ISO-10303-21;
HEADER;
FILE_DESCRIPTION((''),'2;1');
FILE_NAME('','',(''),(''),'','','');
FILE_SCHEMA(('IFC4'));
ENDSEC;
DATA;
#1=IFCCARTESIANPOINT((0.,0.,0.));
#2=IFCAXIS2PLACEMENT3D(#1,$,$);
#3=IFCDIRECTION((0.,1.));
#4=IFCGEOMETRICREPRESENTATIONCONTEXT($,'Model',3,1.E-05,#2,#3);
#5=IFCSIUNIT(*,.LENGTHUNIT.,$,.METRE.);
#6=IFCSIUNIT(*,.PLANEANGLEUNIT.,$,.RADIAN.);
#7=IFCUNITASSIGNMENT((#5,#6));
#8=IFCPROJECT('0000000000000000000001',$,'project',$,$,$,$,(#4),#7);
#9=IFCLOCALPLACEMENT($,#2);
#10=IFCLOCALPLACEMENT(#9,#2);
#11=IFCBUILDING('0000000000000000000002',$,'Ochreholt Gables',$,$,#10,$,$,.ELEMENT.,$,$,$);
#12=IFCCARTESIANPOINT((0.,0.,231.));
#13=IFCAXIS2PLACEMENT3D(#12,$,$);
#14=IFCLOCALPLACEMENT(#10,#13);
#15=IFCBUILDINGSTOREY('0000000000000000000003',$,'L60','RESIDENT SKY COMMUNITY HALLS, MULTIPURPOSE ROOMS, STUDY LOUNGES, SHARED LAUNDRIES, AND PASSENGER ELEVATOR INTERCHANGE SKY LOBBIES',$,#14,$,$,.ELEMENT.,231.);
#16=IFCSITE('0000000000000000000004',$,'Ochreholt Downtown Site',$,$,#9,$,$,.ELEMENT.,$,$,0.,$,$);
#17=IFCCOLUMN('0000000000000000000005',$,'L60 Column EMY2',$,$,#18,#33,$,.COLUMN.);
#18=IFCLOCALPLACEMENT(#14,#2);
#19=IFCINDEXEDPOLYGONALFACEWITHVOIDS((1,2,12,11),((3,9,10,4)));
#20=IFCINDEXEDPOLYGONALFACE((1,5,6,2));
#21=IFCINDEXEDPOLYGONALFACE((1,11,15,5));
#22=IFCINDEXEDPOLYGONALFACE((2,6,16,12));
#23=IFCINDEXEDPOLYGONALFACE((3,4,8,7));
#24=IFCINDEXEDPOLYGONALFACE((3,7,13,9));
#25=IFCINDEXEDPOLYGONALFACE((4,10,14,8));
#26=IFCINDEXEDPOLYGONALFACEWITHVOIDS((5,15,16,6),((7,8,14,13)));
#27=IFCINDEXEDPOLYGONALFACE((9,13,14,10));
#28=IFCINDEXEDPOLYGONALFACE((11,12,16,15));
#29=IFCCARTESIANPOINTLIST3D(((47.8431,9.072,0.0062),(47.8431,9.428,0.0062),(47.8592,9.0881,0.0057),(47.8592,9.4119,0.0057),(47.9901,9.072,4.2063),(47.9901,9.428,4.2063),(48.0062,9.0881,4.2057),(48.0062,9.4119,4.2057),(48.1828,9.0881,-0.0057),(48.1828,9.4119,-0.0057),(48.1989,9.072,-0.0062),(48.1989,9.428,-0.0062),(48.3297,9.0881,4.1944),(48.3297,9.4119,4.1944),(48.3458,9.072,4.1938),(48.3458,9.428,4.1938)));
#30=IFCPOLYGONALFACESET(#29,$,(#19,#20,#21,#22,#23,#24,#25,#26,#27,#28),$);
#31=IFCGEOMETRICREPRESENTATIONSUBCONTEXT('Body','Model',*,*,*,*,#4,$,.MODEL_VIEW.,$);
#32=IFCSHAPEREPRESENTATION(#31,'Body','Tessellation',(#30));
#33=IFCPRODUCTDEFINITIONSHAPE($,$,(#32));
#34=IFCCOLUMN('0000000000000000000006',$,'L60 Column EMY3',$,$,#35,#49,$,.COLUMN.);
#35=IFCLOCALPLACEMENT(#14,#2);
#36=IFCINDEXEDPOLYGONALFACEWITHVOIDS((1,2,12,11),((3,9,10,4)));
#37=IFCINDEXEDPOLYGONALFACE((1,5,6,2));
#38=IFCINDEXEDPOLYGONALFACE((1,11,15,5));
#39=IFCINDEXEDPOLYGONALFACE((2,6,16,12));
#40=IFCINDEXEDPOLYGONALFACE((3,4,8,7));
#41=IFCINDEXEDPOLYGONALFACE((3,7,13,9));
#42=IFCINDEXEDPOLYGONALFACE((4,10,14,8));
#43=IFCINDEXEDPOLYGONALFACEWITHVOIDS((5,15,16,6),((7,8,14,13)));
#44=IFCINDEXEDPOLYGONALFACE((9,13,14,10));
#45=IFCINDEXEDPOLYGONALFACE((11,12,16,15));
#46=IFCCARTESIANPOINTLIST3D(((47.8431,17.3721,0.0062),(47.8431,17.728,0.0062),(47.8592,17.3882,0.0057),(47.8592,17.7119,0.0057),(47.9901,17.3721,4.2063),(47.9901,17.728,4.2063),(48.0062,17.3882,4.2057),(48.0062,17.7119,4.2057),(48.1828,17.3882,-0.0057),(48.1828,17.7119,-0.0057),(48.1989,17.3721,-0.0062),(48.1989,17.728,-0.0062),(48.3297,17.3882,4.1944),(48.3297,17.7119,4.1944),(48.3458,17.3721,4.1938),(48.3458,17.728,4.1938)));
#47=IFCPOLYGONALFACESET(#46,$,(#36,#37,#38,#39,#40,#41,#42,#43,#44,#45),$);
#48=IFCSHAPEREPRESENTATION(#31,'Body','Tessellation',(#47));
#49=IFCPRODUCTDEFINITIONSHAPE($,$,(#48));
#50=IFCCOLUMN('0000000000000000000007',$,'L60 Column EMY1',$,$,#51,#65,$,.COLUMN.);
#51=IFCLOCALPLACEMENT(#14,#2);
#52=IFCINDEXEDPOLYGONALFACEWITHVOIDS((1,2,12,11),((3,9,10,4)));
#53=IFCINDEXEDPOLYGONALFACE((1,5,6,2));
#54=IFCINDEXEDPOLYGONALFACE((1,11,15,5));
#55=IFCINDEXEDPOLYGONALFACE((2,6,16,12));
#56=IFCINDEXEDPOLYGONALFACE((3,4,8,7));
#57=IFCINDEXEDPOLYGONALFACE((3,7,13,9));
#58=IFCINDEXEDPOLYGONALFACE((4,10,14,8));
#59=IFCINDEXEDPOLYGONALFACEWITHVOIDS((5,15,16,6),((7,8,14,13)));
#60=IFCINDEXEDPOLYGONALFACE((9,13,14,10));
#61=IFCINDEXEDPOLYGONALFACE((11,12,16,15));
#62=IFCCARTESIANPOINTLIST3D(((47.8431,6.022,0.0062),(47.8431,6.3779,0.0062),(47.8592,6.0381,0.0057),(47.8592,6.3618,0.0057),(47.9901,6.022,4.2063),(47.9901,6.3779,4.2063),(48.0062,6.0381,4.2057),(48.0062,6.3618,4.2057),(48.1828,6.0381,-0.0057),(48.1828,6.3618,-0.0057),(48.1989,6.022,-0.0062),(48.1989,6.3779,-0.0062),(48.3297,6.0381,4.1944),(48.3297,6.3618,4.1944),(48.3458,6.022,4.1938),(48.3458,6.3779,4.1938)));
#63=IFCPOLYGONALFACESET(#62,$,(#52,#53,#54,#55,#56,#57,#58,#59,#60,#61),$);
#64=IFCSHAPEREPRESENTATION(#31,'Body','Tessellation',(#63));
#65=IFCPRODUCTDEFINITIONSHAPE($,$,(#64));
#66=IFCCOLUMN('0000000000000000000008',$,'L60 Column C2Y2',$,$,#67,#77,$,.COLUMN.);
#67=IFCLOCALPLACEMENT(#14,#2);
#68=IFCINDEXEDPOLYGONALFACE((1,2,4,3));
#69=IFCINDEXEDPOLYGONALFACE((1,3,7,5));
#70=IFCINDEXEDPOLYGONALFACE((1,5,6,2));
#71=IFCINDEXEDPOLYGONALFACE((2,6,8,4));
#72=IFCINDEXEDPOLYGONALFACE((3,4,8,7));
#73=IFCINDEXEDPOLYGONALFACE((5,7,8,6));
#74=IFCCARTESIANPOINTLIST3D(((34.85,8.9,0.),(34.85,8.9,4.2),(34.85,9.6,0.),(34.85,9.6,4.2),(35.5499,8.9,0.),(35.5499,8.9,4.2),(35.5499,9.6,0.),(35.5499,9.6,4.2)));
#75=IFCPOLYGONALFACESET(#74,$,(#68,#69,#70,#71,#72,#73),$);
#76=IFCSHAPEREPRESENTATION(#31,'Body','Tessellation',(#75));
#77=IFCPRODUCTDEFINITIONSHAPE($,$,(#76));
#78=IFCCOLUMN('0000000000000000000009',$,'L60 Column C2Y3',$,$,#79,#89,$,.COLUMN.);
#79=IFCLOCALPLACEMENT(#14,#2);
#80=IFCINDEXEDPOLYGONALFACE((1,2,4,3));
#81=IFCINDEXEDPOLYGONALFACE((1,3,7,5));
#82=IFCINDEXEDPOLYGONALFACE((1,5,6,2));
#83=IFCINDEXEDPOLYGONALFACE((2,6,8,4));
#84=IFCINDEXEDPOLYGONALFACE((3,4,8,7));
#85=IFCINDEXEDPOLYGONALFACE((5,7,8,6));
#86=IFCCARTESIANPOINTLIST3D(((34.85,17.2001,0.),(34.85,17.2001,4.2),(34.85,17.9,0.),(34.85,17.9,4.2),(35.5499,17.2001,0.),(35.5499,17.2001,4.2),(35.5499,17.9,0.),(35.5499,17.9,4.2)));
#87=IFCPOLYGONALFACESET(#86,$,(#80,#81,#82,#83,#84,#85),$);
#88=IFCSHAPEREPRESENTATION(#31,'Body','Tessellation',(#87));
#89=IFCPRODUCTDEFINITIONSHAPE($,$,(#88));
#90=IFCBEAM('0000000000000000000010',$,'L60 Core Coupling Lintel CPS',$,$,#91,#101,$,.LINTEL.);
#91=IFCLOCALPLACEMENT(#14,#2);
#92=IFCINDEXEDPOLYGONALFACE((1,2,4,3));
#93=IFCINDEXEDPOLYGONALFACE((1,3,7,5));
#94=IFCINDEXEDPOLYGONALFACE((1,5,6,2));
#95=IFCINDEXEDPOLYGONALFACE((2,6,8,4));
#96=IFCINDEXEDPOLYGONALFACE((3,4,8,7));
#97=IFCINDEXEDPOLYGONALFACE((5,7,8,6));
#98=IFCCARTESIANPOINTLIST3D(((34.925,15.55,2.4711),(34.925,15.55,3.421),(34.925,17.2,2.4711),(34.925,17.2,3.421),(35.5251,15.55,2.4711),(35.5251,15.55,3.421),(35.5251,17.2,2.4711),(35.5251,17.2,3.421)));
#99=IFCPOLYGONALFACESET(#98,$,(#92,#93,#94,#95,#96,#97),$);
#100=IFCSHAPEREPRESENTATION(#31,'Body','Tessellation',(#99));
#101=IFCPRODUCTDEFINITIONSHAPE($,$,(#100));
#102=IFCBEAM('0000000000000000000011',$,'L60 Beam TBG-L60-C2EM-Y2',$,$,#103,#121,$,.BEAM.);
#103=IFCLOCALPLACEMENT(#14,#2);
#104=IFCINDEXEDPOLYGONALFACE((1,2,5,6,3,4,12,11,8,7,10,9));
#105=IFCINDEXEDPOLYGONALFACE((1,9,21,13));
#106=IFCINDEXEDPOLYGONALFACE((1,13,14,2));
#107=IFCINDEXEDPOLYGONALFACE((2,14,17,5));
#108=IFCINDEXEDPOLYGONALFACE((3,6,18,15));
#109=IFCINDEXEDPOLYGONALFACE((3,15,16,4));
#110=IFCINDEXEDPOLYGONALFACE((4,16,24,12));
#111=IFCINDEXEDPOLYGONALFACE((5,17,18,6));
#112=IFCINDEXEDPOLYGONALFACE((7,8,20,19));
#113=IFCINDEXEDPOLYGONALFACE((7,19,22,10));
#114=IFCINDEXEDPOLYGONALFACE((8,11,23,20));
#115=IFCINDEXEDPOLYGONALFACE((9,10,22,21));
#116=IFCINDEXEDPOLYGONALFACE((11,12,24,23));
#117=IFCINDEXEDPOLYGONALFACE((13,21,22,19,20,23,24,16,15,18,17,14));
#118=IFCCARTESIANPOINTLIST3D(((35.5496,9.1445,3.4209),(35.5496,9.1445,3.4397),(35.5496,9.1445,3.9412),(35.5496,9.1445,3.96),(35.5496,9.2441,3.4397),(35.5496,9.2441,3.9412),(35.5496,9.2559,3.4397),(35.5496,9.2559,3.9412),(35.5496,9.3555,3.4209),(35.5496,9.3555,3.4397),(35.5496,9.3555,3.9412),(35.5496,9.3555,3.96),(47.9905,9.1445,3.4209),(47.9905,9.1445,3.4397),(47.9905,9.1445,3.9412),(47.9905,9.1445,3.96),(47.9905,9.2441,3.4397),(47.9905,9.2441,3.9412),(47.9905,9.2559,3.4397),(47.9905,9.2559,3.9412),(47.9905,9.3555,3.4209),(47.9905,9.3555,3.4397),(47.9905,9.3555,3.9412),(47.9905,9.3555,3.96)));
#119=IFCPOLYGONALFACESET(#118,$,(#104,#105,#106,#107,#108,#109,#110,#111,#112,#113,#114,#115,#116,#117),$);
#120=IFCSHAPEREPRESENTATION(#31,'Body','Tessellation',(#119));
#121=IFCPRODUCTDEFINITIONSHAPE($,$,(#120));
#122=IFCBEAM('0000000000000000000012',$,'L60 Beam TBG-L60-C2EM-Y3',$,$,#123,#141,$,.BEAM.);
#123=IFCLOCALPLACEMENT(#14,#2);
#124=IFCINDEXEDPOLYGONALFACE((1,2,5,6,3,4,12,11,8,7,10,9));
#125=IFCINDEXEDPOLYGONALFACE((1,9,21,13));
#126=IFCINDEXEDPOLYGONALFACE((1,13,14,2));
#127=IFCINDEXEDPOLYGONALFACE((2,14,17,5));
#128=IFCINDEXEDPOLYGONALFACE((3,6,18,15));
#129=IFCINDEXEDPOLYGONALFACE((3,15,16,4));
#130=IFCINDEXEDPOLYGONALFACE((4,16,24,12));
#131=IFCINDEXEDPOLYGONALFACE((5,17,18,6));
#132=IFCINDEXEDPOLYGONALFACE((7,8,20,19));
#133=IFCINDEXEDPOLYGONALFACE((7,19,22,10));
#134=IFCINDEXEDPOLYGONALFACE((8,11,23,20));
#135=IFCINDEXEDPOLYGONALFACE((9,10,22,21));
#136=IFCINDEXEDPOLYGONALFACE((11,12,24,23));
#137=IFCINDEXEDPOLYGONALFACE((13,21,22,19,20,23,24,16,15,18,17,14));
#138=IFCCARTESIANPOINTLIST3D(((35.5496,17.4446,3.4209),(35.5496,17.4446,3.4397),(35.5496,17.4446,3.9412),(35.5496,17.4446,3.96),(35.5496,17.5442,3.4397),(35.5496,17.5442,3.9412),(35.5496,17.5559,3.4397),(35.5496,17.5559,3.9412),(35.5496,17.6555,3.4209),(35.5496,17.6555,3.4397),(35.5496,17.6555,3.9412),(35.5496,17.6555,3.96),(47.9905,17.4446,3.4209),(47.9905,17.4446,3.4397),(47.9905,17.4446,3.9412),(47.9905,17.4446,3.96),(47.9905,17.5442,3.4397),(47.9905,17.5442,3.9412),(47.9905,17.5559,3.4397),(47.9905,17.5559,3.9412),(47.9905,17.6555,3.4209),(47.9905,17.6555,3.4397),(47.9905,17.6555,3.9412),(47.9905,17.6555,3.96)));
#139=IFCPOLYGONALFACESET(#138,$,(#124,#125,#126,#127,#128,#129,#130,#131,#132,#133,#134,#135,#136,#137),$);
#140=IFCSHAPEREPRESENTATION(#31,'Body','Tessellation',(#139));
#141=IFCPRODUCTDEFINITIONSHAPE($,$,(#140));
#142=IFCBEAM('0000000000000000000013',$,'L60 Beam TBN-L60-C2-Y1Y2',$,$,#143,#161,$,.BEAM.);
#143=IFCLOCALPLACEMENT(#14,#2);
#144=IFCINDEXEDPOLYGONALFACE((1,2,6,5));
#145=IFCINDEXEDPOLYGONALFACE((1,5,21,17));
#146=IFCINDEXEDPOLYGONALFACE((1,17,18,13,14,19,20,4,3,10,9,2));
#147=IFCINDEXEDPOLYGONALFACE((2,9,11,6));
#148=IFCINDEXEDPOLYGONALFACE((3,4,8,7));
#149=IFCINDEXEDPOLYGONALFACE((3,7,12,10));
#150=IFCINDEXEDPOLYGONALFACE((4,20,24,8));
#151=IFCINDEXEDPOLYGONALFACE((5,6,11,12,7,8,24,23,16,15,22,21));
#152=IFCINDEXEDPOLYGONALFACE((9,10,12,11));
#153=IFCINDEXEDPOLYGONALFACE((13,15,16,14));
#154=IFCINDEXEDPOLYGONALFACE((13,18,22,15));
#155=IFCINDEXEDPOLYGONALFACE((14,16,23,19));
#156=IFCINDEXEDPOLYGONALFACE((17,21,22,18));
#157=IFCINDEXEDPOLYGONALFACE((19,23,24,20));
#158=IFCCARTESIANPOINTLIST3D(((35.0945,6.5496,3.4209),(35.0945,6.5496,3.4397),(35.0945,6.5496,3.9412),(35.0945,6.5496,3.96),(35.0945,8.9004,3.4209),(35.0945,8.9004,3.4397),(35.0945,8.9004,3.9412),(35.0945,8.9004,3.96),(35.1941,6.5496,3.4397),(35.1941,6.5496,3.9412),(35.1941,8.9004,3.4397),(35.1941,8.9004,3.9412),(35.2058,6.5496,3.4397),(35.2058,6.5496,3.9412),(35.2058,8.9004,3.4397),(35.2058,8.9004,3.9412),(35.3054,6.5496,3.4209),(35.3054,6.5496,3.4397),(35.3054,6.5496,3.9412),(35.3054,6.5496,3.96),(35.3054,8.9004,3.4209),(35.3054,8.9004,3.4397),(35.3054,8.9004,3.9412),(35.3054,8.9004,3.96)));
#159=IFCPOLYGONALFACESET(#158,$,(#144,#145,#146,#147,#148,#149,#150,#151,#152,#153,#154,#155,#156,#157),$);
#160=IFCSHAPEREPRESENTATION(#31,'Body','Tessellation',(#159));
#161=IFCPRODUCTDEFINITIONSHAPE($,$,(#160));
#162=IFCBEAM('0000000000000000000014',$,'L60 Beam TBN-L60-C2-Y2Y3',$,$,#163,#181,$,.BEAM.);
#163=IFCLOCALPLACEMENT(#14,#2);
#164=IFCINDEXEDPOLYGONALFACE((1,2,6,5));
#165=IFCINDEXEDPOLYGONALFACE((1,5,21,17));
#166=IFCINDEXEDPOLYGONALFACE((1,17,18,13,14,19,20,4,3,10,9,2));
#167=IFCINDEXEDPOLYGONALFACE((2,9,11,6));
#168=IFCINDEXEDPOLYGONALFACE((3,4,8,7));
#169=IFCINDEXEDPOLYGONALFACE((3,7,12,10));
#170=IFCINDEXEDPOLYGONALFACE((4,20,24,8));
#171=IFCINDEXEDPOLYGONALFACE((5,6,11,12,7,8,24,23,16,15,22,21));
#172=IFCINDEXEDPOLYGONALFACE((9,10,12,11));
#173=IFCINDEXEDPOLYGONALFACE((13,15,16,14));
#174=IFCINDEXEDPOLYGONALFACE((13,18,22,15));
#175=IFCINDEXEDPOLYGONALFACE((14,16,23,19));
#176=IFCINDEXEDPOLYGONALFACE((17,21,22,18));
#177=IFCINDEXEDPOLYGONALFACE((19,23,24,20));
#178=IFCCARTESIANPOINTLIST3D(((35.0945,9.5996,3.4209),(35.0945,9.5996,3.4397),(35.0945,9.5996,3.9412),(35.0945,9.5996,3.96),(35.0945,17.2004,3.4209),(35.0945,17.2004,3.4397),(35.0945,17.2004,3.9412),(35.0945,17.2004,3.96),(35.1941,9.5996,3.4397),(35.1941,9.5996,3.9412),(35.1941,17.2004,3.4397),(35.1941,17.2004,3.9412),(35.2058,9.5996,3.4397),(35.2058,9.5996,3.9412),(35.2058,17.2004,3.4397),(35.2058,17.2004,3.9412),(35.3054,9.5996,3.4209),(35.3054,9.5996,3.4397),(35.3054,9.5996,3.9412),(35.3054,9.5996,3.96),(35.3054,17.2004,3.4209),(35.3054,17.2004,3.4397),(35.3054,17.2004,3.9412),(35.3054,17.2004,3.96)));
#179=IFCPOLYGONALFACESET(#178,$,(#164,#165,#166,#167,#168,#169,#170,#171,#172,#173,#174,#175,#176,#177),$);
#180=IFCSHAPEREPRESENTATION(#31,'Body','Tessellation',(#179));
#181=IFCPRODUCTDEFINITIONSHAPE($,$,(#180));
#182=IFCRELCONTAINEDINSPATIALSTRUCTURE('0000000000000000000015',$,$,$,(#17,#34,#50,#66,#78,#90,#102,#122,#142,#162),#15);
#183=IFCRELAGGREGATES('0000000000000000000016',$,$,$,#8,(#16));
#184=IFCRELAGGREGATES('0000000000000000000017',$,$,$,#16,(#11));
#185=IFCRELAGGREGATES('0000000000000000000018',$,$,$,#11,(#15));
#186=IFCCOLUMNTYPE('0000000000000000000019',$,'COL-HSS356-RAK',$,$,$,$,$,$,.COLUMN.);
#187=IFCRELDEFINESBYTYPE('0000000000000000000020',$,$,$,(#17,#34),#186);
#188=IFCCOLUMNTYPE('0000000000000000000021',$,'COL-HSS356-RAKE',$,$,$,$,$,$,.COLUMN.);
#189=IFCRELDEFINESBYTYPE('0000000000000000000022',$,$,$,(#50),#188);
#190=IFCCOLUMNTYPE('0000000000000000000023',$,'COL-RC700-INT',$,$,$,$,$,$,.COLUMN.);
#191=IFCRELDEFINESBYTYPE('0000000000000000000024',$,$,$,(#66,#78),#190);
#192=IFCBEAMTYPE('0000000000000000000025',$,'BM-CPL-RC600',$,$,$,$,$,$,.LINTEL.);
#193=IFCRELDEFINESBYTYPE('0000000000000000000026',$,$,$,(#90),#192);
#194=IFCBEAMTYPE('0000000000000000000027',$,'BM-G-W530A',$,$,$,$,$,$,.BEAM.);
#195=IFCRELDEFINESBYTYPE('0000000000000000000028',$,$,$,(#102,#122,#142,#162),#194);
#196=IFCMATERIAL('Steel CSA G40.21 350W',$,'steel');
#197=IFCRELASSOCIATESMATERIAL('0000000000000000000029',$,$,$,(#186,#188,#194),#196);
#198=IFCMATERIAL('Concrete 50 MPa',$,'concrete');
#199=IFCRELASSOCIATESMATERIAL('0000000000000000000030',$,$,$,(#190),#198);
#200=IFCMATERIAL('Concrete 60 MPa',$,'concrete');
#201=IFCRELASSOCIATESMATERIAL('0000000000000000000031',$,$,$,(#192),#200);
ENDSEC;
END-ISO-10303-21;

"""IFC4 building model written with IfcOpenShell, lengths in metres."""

from ifc_helpers import new_model, si_unit, direction, frame, origin, origin_2d, place, context, subcontext, project, spatial, rectangle, hollow_rectangle, i_section, extrude, material, material_profile, profile_set, type_object, element, save


model = new_model("IFC4")

# Units and contexts
model_context = context("Model", 3, precision=1e-05, world=origin(), true_north=direction((0.0, 1.0)))
body_context = subcontext(model_context, "Body", "Model", "MODEL_VIEW")
ifc_project = project(units=[si_unit("LENGTHUNIT", "METRE"), si_unit("PLANEANGLEUNIT", "RADIAN")], contexts=[model_context])

# Site, building, storey
site_placement = place(None, origin())
site = spatial("IfcSite", under=ifc_project, at=site_placement, Name="Ochreholt Downtown Site", CompositionType="ELEMENT", RefElevation=0.0)
building_placement = place(site_placement, origin())
building = spatial("IfcBuilding", under=site, at=building_placement, Name="Ochreholt Gables", CompositionType="ELEMENT")
storey_placement = place(building_placement, frame((0.0, 0.0, 231.0)))
storey = spatial("IfcBuildingStorey", under=building, at=storey_placement, Name="L60", Description="RESIDENT SKY COMMUNITY HALLS, MULTIPURPOSE ROOMS, STUDY LOUNGES, SHARED LAUNDRIES, AND PASSENGER ELEVATOR INTERCHANGE SKY LOBBIES", CompositionType="ELEMENT", Elevation=231.0)

# Columns
ifc_material_1 = material(Name="Steel CSA G40.21 350W", Category="steel")
ifc_material_profile_1 = material_profile(ifc_material_1, hollow_rectangle(XDim=0.356, YDim=0.356, WallThickness=0.0161, at=origin_2d()), Name="HSS356X356X16")
ifc_profile_set_1 = profile_set([ifc_material_profile_1], Name="Steel CSA G40.21 350W")
column_type_1 = type_object("IfcColumnType", Name="COL-HSS356-RAK", PredefinedType="COLUMN", material=ifc_profile_set_1)
for number, where, z_axis, x_axis, name in (
    (1, (48.021, 9.25, 0.0), (0.034972, 0.0, 0.999388), (0.0, 1.0, 0.0), "L60 Column EMY2"),
    (2, (48.021, 17.55, 0.0), (0.034972, 0.0, 0.999388), (0.0, 1.0, 0.0), "L60 Column EMY3"),
):
    element("IfcColumn", number, at=place(storey_placement, frame(where, z_axis=z_axis, x_axis=x_axis)), inside=storey, type_object=column_type_1, Name=name, PredefinedType="COLUMN", context=body_context, shape_type="SweptSolid", body=[
        extrude(hollow_rectangle(XDim=0.356, YDim=0.356, WallThickness=0.0161, at=origin_2d()), origin(), (0.0, 0.0, 1.0), 4.2026),
    ])
ifc_material_profile_2 = material_profile(ifc_material_1, hollow_rectangle(XDim=0.356, YDim=0.356, WallThickness=0.0161, at=origin_2d()), Name="HSS356X356X16")
ifc_profile_set_2 = profile_set([ifc_material_profile_2], Name="Steel CSA G40.21 350W")
column_type_2 = type_object("IfcColumnType", Name="COL-HSS356-RAKE", PredefinedType="COLUMN", material=ifc_profile_set_2)
column_placement = place(storey_placement, frame((48.021, 6.2, 0.0), z_axis=(0.034972, 0.0, 0.999388), x_axis=(0.0, 1.0, 0.0)))
element("IfcColumn", 3, at=column_placement, inside=storey, type_object=column_type_2, Name="L60 Column EMY1", PredefinedType="COLUMN", context=body_context, shape_type="SweptSolid", body=[
    extrude(hollow_rectangle(XDim=0.356, YDim=0.356, WallThickness=0.0161, at=origin_2d()), origin(), (0.0, 0.0, 1.0), 4.2026),
])
ifc_material_2 = material(Name="Concrete 50 MPa", Category="concrete")
ifc_material_profile_3 = material_profile(ifc_material_2, rectangle(XDim=0.7, YDim=0.7, at=origin_2d()), Name="RC700X700")
ifc_profile_set_3 = profile_set([ifc_material_profile_3], Name="Concrete 50 MPa")
column_type_3 = type_object("IfcColumnType", Name="COL-RC700-INT", PredefinedType="COLUMN", material=ifc_profile_set_3)
for number, where, z_axis, x_axis, name in (
    (4, (35.2, 9.25, 0.0), (0.0, 0.0, 1.0), (1.0, 0.0, 0.0), "L60 Column C2Y2"),
    (5, (35.2, 17.55, 0.0), (0.0, 0.0, 1.0), (1.0, 0.0, 0.0), "L60 Column C2Y3"),
):
    element("IfcColumn", number, at=place(storey_placement, frame(where, z_axis=z_axis, x_axis=x_axis)), inside=storey, type_object=column_type_3, Name=name, PredefinedType="COLUMN", context=body_context, shape_type="SweptSolid", body=[
        extrude(rectangle(XDim=0.7, YDim=0.7, at=origin_2d()), origin(), (0.0, 0.0, 1.0), 4.2),
    ])

# Beams
ifc_material_3 = material(Name="Concrete 60 MPa", Category="concrete")
ifc_material_profile_4 = material_profile(ifc_material_3, rectangle(XDim=0.6001, YDim=0.95, at=origin_2d()), Name="RCB600X950")
ifc_profile_set_4 = profile_set([ifc_material_profile_4], Name="Concrete 60 MPa")
beam_type_1 = type_object("IfcBeamType", Name="BM-CPL-RC600", PredefinedType="LINTEL", material=ifc_profile_set_4)
beam_1_placement = place(storey_placement, frame((35.2251, 15.55, 2.946), z_axis=(0.0, 1.0, 0.0), x_axis=(-1.0, 0.0, 0.0)))
element("IfcBeam", 6, at=beam_1_placement, inside=storey, type_object=beam_type_1, Name="L60 Core Coupling Lintel CPS", PredefinedType="LINTEL", context=body_context, shape_type="SweptSolid", body=[
    extrude(rectangle(XDim=0.6001, YDim=0.95, at=origin_2d()), origin(), (0.0, 0.0, 1.0), 1.6499),
])
ifc_material_profile_5 = material_profile(ifc_material_1, i_section(OverallWidth=0.2109, OverallDepth=0.5391, WebThickness=0.0117, FlangeThickness=0.0188, at=origin_2d()), Name="W530X109")
ifc_profile_set_5 = profile_set([ifc_material_profile_5], Name="Steel CSA G40.21 350W")
beam_type_2 = type_object("IfcBeamType", Name="BM-G-W530A", PredefinedType="BEAM", material=ifc_profile_set_5)
for number, where, z_axis, x_axis, name in (
    (7, (35.5496, 9.25, 3.6904), (1.0, 0.0, 0.0), (0.0, 1.0, 0.0), "L60 Beam TBG-L60-C2EM-Y2"),
    (8, (35.5496, 17.55, 3.6904), (1.0, 0.0, 0.0), (0.0, 1.0, 0.0), "L60 Beam TBG-L60-C2EM-Y3"),
):
    element("IfcBeam", number, at=place(storey_placement, frame(where, z_axis=z_axis, x_axis=x_axis)), inside=storey, type_object=beam_type_2, Name=name, PredefinedType="BEAM", context=body_context, shape_type="SweptSolid", body=[
        extrude(i_section(OverallWidth=0.2109, OverallDepth=0.5391, WebThickness=0.0117, FlangeThickness=0.0188, at=origin_2d()), origin(), (0.0, 0.0, 1.0), 12.4409),
    ])
beam_2_placement = place(storey_placement, frame((35.2, 6.5496, 3.6904), z_axis=(0.0, 1.0, 0.0), x_axis=(-1.0, 0.0, 0.0)))
element("IfcBeam", 9, at=beam_2_placement, inside=storey, type_object=beam_type_2, Name="L60 Beam TBN-L60-C2-Y1Y2", PredefinedType="BEAM", context=body_context, shape_type="SweptSolid", body=[
    extrude(i_section(OverallWidth=0.2109, OverallDepth=0.5391, WebThickness=0.0117, FlangeThickness=0.0188, at=origin_2d()), origin(), (0.0, 0.0, 1.0), 2.3508),
])
beam_3_placement = place(storey_placement, frame((35.2, 9.5996, 3.6904), z_axis=(0.0, 1.0, 0.0), x_axis=(-1.0, 0.0, 0.0)))
element("IfcBeam", 10, at=beam_3_placement, inside=storey, type_object=beam_type_2, Name="L60 Beam TBN-L60-C2-Y2Y3", PredefinedType="BEAM", context=body_context, shape_type="SweptSolid", body=[
    extrude(i_section(OverallWidth=0.2109, OverallDepth=0.5391, WebThickness=0.0117, FlangeThickness=0.0188, at=origin_2d()), origin(), (0.0, 0.0, 1.0), 7.6008),
])

save(model, "model.ifc")
